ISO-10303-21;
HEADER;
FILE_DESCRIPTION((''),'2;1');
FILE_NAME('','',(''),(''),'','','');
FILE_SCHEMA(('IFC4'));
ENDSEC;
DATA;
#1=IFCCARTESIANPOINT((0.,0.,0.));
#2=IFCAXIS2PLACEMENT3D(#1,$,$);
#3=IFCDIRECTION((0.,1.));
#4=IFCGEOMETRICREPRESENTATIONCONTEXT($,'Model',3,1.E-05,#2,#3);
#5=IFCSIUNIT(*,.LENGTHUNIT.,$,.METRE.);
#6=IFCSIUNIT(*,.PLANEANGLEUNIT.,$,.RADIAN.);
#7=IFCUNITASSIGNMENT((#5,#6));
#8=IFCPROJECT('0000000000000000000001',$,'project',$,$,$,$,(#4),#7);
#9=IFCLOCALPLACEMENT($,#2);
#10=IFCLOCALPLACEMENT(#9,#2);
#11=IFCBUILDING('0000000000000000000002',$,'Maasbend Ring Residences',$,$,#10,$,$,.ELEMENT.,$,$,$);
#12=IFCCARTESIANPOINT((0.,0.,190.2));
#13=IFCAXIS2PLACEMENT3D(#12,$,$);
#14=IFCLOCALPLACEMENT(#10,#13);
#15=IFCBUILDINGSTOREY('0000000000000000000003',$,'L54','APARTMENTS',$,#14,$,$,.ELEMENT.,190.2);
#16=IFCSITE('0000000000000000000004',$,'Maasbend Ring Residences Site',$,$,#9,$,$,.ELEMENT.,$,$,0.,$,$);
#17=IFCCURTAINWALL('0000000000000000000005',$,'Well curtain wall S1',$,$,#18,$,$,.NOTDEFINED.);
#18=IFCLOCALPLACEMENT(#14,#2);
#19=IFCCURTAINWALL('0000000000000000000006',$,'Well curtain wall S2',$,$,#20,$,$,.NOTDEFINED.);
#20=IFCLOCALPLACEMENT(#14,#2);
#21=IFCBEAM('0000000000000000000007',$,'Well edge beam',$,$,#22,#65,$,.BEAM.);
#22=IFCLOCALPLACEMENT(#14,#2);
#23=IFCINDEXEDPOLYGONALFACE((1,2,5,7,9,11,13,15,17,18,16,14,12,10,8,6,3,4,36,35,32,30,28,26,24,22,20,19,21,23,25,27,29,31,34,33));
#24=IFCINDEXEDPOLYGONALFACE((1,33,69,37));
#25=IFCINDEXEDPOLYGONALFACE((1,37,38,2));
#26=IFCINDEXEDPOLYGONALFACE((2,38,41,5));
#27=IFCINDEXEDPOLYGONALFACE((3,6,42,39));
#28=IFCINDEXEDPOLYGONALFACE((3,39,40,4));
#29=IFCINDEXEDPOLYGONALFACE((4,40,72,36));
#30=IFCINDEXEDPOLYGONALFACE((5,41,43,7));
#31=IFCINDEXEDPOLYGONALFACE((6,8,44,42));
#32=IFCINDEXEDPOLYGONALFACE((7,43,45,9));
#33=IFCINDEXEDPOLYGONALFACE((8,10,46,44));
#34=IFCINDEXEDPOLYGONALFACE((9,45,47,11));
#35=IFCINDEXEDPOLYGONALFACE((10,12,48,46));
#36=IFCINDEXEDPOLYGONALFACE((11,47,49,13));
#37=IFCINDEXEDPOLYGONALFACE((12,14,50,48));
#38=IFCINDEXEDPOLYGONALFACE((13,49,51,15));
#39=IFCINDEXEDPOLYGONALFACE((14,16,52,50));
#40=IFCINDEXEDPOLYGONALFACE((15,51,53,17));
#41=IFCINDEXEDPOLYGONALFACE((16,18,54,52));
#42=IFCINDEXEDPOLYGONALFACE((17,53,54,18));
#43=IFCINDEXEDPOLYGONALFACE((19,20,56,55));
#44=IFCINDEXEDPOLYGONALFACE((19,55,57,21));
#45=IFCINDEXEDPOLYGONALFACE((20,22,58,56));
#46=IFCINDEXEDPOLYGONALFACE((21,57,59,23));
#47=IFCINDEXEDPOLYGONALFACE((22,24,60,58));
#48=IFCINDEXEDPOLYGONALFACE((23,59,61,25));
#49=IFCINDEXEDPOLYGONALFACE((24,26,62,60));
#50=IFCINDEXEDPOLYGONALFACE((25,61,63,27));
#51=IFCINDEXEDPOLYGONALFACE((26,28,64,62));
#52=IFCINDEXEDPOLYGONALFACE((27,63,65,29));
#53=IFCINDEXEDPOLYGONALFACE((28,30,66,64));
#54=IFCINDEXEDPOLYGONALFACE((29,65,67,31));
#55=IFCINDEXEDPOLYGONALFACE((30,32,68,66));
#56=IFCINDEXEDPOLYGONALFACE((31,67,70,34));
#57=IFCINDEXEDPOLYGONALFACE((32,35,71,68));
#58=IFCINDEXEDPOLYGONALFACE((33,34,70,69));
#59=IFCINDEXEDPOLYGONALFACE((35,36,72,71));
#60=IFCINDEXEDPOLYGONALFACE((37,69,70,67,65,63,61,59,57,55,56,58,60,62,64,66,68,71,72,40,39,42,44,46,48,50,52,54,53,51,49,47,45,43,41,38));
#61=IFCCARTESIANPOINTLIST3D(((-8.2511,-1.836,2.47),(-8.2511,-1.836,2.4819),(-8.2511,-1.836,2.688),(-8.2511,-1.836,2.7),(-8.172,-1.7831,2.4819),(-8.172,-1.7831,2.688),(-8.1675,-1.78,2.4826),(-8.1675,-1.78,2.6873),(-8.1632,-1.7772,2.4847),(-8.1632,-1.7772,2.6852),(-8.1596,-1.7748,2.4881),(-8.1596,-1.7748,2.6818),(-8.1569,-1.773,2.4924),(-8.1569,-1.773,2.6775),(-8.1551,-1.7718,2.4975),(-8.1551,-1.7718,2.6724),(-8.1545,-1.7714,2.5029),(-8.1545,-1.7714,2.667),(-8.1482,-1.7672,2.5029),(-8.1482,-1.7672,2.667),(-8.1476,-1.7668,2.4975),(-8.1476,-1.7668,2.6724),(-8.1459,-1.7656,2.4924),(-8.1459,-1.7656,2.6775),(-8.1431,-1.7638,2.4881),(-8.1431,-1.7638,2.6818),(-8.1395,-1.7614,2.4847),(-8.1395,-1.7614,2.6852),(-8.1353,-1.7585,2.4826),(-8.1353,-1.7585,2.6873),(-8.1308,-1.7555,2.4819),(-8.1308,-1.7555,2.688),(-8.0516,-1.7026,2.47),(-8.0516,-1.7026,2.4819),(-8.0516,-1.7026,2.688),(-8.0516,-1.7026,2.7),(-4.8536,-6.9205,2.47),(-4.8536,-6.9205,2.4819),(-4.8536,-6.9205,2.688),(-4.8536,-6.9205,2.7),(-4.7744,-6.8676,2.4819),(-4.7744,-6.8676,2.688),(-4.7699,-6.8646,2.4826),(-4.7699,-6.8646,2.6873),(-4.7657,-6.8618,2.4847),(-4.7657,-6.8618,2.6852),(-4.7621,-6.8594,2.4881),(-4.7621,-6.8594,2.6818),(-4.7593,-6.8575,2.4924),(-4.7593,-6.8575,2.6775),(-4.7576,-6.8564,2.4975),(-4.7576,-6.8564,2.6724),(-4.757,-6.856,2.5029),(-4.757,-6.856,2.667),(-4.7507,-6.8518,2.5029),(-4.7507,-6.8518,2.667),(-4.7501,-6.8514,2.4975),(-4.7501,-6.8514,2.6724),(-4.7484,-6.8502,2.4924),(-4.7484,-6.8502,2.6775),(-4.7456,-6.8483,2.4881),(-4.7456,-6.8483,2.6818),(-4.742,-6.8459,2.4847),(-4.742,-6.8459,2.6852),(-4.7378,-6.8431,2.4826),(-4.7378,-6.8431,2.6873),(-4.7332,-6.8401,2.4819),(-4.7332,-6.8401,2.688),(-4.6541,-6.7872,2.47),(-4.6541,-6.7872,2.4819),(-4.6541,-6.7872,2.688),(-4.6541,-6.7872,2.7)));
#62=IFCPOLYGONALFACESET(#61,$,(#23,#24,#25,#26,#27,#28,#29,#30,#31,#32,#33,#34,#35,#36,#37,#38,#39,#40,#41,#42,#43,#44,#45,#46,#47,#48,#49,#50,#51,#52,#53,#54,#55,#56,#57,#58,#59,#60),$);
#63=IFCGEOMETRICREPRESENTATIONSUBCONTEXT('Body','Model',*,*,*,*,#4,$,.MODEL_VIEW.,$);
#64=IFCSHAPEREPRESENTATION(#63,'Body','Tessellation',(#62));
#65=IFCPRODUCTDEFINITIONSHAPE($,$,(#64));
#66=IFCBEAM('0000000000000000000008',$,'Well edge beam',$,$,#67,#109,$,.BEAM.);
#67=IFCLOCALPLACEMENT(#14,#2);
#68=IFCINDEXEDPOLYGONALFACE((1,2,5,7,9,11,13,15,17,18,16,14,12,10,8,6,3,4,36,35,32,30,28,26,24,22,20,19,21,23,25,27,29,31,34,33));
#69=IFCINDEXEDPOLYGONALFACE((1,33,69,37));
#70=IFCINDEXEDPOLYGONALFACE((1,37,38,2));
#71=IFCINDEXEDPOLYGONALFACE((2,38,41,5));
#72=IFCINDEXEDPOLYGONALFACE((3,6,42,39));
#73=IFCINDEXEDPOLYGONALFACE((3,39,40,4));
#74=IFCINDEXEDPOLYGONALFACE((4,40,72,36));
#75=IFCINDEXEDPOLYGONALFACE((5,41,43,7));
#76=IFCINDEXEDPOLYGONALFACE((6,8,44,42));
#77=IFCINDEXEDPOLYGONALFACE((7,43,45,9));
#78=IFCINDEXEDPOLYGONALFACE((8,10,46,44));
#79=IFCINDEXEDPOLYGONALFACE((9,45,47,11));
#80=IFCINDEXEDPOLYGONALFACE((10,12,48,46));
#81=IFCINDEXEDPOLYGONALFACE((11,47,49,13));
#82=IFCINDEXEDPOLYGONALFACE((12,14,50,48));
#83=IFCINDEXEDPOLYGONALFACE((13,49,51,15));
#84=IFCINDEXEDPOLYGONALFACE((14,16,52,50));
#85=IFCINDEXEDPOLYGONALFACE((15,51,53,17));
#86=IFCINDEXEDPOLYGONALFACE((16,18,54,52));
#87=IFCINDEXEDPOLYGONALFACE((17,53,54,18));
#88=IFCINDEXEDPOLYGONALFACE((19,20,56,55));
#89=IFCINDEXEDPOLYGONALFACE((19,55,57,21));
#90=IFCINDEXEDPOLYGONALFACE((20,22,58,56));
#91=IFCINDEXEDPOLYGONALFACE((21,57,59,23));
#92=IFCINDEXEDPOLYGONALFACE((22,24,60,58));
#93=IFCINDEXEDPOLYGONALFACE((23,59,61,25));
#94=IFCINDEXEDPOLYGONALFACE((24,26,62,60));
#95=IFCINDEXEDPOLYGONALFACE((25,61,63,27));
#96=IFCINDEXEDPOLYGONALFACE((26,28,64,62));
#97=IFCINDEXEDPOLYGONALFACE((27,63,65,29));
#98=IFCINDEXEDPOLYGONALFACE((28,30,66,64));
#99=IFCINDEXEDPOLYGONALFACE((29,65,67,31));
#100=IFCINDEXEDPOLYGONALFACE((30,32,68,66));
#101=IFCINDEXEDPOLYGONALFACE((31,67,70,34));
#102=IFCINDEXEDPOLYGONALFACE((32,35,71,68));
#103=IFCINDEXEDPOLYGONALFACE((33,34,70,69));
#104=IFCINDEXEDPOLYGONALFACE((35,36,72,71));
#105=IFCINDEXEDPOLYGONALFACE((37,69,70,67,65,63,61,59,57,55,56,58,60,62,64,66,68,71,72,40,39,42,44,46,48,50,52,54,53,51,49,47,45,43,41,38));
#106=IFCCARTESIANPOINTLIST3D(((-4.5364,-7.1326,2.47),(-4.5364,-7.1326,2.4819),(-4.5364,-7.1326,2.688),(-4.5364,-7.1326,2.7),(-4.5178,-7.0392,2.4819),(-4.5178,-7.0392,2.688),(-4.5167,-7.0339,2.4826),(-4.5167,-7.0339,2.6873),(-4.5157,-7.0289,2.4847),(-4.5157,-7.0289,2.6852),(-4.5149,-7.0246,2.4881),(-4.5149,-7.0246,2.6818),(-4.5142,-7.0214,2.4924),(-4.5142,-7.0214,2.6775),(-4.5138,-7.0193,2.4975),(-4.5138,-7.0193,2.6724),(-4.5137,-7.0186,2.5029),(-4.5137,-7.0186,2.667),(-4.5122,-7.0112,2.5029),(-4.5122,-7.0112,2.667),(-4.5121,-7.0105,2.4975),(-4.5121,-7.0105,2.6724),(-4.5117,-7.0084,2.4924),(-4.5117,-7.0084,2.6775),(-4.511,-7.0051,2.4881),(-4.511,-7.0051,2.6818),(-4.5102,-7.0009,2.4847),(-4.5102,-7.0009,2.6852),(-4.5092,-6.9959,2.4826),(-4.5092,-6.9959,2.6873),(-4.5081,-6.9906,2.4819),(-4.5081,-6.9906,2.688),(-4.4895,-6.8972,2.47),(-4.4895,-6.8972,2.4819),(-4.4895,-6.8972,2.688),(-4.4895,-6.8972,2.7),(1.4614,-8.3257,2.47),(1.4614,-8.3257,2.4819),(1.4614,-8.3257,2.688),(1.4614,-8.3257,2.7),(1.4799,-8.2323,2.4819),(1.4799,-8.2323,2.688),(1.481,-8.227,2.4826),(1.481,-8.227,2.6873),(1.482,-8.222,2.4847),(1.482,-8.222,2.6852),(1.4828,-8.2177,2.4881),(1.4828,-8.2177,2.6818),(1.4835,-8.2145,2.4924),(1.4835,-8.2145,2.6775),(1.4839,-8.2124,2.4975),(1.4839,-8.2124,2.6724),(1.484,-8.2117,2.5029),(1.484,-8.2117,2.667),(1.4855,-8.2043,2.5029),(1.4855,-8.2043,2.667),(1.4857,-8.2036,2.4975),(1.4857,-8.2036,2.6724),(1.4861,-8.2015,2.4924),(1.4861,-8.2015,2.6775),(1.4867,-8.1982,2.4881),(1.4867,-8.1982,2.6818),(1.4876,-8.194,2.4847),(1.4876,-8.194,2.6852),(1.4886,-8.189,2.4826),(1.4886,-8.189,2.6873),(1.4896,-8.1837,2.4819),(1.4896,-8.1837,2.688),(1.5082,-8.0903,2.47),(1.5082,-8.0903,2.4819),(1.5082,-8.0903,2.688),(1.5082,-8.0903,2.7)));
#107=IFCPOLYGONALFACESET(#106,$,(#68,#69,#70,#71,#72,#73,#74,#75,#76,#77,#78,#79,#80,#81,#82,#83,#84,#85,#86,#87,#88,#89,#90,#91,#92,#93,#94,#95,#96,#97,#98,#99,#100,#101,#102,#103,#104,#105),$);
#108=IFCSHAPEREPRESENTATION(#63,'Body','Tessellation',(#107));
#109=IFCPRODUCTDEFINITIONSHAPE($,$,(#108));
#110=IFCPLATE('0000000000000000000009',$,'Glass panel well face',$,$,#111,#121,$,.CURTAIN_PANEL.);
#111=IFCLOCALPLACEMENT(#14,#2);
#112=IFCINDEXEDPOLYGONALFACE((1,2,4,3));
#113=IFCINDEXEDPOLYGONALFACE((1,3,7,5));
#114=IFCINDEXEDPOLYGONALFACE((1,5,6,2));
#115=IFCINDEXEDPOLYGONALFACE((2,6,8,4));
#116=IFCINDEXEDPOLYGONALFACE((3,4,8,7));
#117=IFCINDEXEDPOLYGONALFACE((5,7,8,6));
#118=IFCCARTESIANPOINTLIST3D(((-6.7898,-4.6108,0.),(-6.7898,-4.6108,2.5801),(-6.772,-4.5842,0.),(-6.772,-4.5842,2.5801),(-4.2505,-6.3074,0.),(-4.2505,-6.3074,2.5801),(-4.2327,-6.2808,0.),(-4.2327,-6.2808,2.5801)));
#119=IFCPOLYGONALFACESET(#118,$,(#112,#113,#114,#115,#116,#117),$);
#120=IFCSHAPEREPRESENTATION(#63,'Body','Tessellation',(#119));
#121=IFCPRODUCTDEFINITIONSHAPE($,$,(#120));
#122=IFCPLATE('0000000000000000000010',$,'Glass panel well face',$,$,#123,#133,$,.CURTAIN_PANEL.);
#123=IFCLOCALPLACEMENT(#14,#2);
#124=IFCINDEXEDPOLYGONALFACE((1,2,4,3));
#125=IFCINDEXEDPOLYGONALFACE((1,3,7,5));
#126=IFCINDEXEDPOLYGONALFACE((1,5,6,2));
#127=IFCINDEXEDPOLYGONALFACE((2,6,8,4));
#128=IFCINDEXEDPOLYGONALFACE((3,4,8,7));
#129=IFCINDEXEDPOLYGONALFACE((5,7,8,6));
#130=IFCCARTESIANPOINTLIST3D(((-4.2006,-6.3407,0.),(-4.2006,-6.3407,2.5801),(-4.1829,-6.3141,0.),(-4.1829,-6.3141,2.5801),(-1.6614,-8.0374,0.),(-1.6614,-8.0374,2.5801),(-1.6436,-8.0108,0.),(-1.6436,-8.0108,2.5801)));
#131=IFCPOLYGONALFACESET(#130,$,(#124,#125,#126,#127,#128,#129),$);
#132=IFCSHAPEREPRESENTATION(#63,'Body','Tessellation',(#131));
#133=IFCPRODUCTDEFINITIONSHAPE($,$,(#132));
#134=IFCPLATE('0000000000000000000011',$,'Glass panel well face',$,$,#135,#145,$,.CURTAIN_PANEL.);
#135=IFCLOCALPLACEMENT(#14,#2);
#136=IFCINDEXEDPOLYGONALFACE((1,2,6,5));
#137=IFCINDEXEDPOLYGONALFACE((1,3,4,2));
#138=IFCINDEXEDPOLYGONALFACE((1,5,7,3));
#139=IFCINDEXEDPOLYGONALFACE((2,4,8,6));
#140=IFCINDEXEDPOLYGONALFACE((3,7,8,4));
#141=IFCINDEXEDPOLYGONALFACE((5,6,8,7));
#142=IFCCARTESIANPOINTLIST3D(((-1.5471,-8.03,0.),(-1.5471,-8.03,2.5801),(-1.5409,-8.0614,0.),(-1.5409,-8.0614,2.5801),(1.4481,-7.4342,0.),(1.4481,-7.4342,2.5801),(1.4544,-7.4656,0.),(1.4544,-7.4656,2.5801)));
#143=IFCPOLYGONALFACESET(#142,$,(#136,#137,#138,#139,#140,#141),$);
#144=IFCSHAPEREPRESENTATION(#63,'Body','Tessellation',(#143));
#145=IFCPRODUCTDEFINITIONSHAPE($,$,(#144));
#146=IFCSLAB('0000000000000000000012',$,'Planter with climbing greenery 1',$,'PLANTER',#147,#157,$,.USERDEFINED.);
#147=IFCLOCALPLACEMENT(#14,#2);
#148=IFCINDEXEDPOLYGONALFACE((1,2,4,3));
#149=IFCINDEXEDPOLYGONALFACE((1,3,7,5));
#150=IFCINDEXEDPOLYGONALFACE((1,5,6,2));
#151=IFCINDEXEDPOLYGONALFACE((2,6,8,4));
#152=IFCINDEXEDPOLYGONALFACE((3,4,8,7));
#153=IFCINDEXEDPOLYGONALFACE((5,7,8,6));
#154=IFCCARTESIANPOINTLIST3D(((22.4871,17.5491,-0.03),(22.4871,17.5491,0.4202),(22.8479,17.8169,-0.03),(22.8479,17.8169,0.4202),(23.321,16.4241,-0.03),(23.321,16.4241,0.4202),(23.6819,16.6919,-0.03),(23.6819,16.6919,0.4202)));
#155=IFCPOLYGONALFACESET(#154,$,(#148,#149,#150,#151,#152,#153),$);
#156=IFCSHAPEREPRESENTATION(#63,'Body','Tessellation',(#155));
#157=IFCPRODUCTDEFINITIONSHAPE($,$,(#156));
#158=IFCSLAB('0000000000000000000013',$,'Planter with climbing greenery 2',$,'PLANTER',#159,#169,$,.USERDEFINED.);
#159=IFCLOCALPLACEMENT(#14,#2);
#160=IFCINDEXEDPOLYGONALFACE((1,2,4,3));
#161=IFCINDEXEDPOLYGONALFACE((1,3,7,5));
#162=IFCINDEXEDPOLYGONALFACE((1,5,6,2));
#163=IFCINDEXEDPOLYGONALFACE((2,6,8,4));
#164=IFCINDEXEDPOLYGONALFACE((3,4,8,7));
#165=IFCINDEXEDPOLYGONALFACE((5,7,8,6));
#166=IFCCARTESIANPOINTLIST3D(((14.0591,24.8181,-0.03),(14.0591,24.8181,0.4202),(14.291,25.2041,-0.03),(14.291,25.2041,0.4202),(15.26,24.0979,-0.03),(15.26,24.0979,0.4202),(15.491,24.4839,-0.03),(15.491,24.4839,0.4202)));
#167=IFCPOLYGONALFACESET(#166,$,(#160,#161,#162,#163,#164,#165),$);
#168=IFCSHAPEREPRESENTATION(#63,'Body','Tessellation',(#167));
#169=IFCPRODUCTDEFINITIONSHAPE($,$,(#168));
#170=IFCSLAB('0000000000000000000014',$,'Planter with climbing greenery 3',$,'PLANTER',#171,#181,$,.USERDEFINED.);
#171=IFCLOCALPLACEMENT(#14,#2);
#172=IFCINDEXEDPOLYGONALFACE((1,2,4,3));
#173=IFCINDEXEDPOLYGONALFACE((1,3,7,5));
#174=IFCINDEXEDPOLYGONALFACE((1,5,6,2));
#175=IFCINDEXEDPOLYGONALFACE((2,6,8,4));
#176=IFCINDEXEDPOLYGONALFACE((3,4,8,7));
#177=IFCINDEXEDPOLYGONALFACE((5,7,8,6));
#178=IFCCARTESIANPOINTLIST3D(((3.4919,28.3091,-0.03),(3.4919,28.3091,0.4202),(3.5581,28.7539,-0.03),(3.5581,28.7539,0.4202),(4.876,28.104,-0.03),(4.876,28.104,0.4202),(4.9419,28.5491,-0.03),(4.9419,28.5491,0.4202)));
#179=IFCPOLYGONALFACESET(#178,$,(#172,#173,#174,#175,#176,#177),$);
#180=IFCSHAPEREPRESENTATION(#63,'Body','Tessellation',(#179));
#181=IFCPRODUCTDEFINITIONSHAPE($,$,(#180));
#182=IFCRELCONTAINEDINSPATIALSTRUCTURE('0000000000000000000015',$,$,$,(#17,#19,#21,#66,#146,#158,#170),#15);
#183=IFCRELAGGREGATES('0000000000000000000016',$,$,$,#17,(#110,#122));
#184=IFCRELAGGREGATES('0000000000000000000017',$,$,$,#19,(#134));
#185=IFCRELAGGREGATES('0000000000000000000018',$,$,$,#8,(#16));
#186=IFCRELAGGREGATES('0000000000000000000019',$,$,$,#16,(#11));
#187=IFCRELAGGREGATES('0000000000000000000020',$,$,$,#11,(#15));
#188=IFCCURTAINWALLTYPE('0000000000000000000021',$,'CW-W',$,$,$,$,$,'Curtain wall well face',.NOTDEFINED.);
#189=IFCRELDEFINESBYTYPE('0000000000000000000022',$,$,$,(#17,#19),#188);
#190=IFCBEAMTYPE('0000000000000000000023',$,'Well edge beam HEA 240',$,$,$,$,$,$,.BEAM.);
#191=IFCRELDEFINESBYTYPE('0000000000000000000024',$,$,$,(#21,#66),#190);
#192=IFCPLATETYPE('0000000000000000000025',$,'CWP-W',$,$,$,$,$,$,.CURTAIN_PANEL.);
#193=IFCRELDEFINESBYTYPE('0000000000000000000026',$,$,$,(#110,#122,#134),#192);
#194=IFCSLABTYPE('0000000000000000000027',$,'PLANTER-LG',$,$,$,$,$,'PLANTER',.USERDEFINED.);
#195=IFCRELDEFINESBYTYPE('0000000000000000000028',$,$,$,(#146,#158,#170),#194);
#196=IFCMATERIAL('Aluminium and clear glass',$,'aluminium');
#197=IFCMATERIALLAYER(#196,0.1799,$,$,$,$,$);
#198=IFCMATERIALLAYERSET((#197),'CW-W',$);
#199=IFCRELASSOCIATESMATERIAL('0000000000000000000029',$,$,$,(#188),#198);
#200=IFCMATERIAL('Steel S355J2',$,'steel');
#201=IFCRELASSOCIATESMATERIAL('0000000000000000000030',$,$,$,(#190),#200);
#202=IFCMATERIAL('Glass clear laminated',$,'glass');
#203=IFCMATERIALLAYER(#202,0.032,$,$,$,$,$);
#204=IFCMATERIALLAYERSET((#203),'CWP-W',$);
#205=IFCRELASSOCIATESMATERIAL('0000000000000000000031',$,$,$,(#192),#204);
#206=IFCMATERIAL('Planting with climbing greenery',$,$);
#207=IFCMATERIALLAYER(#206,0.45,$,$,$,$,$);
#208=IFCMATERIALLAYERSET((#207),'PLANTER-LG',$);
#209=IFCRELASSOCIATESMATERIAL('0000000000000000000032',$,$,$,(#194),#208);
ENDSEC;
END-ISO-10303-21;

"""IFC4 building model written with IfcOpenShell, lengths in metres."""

from ifc_helpers import new_model, si_unit, direction, frame, origin, origin_2d, place, context, subcontext, project, spatial, polyline, rectangle, i_section, outline, extrude, material, layer, layer_set, material_profile, profile_set, type_object, element, aggregate, save


model = new_model("IFC4")

# Units and contexts
model_context = context("Model", 3, precision=1e-05, world=origin(), true_north=direction((0.0, 1.0)))
body_context = subcontext(model_context, "Body", "Model", "MODEL_VIEW")
ifc_project = project(units=[si_unit("LENGTHUNIT", "METRE"), si_unit("PLANEANGLEUNIT", "RADIAN")], contexts=[model_context])

# Site, building, storey
site_placement = place(None, origin())
site = spatial("IfcSite", under=ifc_project, at=site_placement, Name="Maasbend Ring Residences Site", CompositionType="ELEMENT", RefElevation=0.0)
building_placement = place(site_placement, origin())
building = spatial("IfcBuilding", under=site, at=building_placement, Name="Maasbend Ring Residences", CompositionType="ELEMENT")
storey_placement = place(building_placement, frame((0.0, 0.0, 190.2)))
storey = spatial("IfcBuildingStorey", under=building, at=storey_placement, Name="L54", Description="APARTMENTS", CompositionType="ELEMENT", Elevation=190.2)

# Curtain wall
ifc_material_1 = material(Name="Aluminium and clear glass", Category="aluminium")
ifc_layer_1 = layer(ifc_material_1, 0.1799)
ifc_layer_set_1 = layer_set([ifc_layer_1], Name="CW-W")
curtain_wall_type = type_object("IfcCurtainWallType", Name="CW-W", ElementType="Curtain wall well face", PredefinedType="NOTDEFINED", material=ifc_layer_set_1)
curtain_wall_1_placement = place(storey_placement, origin())
curtain_wall_1 = element("IfcCurtainWall", 1, at=curtain_wall_1_placement, inside=storey, type_object=curtain_wall_type, Name="Well curtain wall S1", PredefinedType="NOTDEFINED")

# Curtain wall
curtain_wall_2_placement = place(storey_placement, origin())
curtain_wall_2 = element("IfcCurtainWall", 2, at=curtain_wall_2_placement, inside=storey, type_object=curtain_wall_type, Name="Well curtain wall S2", PredefinedType="NOTDEFINED")

# Beams
ifc_material_2 = material(Name="Steel S355J2", Category="steel")
ifc_material_profile_1 = material_profile(ifc_material_2, i_section(OverallWidth=0.24, OverallDepth=0.23, WebThickness=0.0076, FlangeThickness=0.012, FilletRadius=0.021, at=origin_2d()), Name="HEA 240")
ifc_profile_set_1 = profile_set([ifc_material_profile_1], Name="Steel S355J2")
beam_type = type_object("IfcBeamType", Name="Well edge beam HEA 240", PredefinedType="BEAM", material=ifc_profile_set_1)
for number, where, z_axis, x_axis, name in (
    (3, (-8.1514, -1.7693, 2.585), (0.555584, -0.83146, 0.0), (0.83146, 0.555584, 0.0), "Well edge beam"),
    (4, (-4.5129, -7.0149, 2.585), (0.980783, -0.195103, 0.0), (0.195103, 0.980783, 0.0), "Well edge beam"),
):
    element("IfcBeam", number, at=place(storey_placement, frame(where, z_axis=z_axis, x_axis=x_axis)), inside=storey, type_object=beam_type, Name=name, PredefinedType="BEAM", context=body_context, shape_type="SweptSolid", body=[
        extrude(i_section(OverallWidth=0.24, OverallDepth=0.23, WebThickness=0.0076, FlangeThickness=0.012, FilletRadius=0.021, at=origin_2d()), origin(), (0.0, 0.0, 1.0), 6.1152),
    ])

# Plates
ifc_material_3 = material(Name="Glass clear laminated", Category="glass")
ifc_layer_2 = layer(ifc_material_3, 0.032)
ifc_layer_set_2 = layer_set([ifc_layer_2], Name="CWP-W")
plate_type = type_object("IfcPlateType", Name="CWP-W", PredefinedType="CURTAIN_PANEL", material=ifc_layer_set_2)
plate_1_placement = place(storey_placement, frame((-5.5112, -5.4458, 0.0), z_axis=(0.0, 0.0, 1.0), x_axis=(0.83147, -0.55557, 0.0)))
plate_1 = element("IfcPlate", 5, at=plate_1_placement, type_object=plate_type, Name="Glass panel well face", PredefinedType="CURTAIN_PANEL", context=body_context, shape_type="SweptSolid", body=[
    extrude(rectangle(XDim=3.054, YDim=0.032, at=origin_2d()), origin(), (0.0, 0.0, 1.0), 2.5801),
])
plate_2_placement = place(storey_placement, frame((-2.9221, -7.1758, 0.0), z_axis=(0.0, 0.0, 1.0), x_axis=(0.83147, -0.55557, 0.0)))
plate_2 = element("IfcPlate", 6, at=plate_2_placement, type_object=plate_type, Name="Glass panel well face", PredefinedType="CURTAIN_PANEL", context=body_context, shape_type="SweptSolid", body=[
    extrude(rectangle(XDim=3.054, YDim=0.032, at=origin_2d()), origin(), (0.0, 0.0, 1.0), 2.5801),
])
aggregate(curtain_wall_1, [plate_1, plate_2])
plate_3_placement = place(storey_placement, frame((-0.0464, -7.7478, 0.0), z_axis=(0.0, 0.0, 1.0), x_axis=(0.980785, 0.19509, 0.0)))
plate_3 = element("IfcPlate", 7, at=plate_3_placement, type_object=plate_type, Name="Glass panel well face", PredefinedType="CURTAIN_PANEL", context=body_context, shape_type="SweptSolid", body=[
    extrude(rectangle(XDim=3.054, YDim=0.032, at=origin_2d()), origin(), (0.0, 0.0, 1.0), 2.5801),
])
aggregate(curtain_wall_2, [plate_3])

# Slabs
ifc_material_4 = material(Name="Planting with climbing greenery")
ifc_layer_3 = layer(ifc_material_4, 0.45)
ifc_layer_set_3 = layer_set([ifc_layer_3], Name="PLANTER-LG")
slab_type_1 = type_object("IfcSlabType", Name="PLANTER-LG", ElementType="PLANTER", PredefinedType="USERDEFINED", material=ifc_layer_set_3)
slab_1_placement = place(storey_placement, frame((0.0, 0.0, -0.03)))
element("IfcSlab", 8, at=slab_1_placement, inside=storey, type_object=slab_type_1, Name="Planter with climbing greenery 1", ObjectType="PLANTER", PredefinedType="USERDEFINED", context=body_context, shape_type="SweptSolid", body=[
    extrude(outline(polyline([(23.6819, 16.6919), (22.8479, 17.8169), (22.4871, 17.5491), (23.321, 16.4241), (23.6819, 16.6919)])), origin(), (0.0, 0.0, 1.0), 0.4502),
])
slab_2_placement = place(storey_placement, frame((0.0, 0.0, -0.03)))
element("IfcSlab", 9, at=slab_2_placement, inside=storey, type_object=slab_type_1, Name="Planter with climbing greenery 2", ObjectType="PLANTER", PredefinedType="USERDEFINED", context=body_context, shape_type="SweptSolid", body=[
    extrude(outline(polyline([(15.491, 24.4839), (14.291, 25.2041), (14.0591, 24.8181), (15.26, 24.0979), (15.491, 24.4839)])), origin(), (0.0, 0.0, 1.0), 0.4502),
])
slab_3_placement = place(storey_placement, frame((0.0, 0.0, -0.03)))
element("IfcSlab", 10, at=slab_3_placement, inside=storey, type_object=slab_type_1, Name="Planter with climbing greenery 3", ObjectType="PLANTER", PredefinedType="USERDEFINED", context=body_context, shape_type="SweptSolid", body=[
    extrude(outline(polyline([(4.9419, 28.5491), (3.5581, 28.7539), (3.4919, 28.3091), (4.876, 28.104), (4.9419, 28.5491)])), origin(), (0.0, 0.0, 1.0), 0.4502),
])

save(model, "model.ifc")
